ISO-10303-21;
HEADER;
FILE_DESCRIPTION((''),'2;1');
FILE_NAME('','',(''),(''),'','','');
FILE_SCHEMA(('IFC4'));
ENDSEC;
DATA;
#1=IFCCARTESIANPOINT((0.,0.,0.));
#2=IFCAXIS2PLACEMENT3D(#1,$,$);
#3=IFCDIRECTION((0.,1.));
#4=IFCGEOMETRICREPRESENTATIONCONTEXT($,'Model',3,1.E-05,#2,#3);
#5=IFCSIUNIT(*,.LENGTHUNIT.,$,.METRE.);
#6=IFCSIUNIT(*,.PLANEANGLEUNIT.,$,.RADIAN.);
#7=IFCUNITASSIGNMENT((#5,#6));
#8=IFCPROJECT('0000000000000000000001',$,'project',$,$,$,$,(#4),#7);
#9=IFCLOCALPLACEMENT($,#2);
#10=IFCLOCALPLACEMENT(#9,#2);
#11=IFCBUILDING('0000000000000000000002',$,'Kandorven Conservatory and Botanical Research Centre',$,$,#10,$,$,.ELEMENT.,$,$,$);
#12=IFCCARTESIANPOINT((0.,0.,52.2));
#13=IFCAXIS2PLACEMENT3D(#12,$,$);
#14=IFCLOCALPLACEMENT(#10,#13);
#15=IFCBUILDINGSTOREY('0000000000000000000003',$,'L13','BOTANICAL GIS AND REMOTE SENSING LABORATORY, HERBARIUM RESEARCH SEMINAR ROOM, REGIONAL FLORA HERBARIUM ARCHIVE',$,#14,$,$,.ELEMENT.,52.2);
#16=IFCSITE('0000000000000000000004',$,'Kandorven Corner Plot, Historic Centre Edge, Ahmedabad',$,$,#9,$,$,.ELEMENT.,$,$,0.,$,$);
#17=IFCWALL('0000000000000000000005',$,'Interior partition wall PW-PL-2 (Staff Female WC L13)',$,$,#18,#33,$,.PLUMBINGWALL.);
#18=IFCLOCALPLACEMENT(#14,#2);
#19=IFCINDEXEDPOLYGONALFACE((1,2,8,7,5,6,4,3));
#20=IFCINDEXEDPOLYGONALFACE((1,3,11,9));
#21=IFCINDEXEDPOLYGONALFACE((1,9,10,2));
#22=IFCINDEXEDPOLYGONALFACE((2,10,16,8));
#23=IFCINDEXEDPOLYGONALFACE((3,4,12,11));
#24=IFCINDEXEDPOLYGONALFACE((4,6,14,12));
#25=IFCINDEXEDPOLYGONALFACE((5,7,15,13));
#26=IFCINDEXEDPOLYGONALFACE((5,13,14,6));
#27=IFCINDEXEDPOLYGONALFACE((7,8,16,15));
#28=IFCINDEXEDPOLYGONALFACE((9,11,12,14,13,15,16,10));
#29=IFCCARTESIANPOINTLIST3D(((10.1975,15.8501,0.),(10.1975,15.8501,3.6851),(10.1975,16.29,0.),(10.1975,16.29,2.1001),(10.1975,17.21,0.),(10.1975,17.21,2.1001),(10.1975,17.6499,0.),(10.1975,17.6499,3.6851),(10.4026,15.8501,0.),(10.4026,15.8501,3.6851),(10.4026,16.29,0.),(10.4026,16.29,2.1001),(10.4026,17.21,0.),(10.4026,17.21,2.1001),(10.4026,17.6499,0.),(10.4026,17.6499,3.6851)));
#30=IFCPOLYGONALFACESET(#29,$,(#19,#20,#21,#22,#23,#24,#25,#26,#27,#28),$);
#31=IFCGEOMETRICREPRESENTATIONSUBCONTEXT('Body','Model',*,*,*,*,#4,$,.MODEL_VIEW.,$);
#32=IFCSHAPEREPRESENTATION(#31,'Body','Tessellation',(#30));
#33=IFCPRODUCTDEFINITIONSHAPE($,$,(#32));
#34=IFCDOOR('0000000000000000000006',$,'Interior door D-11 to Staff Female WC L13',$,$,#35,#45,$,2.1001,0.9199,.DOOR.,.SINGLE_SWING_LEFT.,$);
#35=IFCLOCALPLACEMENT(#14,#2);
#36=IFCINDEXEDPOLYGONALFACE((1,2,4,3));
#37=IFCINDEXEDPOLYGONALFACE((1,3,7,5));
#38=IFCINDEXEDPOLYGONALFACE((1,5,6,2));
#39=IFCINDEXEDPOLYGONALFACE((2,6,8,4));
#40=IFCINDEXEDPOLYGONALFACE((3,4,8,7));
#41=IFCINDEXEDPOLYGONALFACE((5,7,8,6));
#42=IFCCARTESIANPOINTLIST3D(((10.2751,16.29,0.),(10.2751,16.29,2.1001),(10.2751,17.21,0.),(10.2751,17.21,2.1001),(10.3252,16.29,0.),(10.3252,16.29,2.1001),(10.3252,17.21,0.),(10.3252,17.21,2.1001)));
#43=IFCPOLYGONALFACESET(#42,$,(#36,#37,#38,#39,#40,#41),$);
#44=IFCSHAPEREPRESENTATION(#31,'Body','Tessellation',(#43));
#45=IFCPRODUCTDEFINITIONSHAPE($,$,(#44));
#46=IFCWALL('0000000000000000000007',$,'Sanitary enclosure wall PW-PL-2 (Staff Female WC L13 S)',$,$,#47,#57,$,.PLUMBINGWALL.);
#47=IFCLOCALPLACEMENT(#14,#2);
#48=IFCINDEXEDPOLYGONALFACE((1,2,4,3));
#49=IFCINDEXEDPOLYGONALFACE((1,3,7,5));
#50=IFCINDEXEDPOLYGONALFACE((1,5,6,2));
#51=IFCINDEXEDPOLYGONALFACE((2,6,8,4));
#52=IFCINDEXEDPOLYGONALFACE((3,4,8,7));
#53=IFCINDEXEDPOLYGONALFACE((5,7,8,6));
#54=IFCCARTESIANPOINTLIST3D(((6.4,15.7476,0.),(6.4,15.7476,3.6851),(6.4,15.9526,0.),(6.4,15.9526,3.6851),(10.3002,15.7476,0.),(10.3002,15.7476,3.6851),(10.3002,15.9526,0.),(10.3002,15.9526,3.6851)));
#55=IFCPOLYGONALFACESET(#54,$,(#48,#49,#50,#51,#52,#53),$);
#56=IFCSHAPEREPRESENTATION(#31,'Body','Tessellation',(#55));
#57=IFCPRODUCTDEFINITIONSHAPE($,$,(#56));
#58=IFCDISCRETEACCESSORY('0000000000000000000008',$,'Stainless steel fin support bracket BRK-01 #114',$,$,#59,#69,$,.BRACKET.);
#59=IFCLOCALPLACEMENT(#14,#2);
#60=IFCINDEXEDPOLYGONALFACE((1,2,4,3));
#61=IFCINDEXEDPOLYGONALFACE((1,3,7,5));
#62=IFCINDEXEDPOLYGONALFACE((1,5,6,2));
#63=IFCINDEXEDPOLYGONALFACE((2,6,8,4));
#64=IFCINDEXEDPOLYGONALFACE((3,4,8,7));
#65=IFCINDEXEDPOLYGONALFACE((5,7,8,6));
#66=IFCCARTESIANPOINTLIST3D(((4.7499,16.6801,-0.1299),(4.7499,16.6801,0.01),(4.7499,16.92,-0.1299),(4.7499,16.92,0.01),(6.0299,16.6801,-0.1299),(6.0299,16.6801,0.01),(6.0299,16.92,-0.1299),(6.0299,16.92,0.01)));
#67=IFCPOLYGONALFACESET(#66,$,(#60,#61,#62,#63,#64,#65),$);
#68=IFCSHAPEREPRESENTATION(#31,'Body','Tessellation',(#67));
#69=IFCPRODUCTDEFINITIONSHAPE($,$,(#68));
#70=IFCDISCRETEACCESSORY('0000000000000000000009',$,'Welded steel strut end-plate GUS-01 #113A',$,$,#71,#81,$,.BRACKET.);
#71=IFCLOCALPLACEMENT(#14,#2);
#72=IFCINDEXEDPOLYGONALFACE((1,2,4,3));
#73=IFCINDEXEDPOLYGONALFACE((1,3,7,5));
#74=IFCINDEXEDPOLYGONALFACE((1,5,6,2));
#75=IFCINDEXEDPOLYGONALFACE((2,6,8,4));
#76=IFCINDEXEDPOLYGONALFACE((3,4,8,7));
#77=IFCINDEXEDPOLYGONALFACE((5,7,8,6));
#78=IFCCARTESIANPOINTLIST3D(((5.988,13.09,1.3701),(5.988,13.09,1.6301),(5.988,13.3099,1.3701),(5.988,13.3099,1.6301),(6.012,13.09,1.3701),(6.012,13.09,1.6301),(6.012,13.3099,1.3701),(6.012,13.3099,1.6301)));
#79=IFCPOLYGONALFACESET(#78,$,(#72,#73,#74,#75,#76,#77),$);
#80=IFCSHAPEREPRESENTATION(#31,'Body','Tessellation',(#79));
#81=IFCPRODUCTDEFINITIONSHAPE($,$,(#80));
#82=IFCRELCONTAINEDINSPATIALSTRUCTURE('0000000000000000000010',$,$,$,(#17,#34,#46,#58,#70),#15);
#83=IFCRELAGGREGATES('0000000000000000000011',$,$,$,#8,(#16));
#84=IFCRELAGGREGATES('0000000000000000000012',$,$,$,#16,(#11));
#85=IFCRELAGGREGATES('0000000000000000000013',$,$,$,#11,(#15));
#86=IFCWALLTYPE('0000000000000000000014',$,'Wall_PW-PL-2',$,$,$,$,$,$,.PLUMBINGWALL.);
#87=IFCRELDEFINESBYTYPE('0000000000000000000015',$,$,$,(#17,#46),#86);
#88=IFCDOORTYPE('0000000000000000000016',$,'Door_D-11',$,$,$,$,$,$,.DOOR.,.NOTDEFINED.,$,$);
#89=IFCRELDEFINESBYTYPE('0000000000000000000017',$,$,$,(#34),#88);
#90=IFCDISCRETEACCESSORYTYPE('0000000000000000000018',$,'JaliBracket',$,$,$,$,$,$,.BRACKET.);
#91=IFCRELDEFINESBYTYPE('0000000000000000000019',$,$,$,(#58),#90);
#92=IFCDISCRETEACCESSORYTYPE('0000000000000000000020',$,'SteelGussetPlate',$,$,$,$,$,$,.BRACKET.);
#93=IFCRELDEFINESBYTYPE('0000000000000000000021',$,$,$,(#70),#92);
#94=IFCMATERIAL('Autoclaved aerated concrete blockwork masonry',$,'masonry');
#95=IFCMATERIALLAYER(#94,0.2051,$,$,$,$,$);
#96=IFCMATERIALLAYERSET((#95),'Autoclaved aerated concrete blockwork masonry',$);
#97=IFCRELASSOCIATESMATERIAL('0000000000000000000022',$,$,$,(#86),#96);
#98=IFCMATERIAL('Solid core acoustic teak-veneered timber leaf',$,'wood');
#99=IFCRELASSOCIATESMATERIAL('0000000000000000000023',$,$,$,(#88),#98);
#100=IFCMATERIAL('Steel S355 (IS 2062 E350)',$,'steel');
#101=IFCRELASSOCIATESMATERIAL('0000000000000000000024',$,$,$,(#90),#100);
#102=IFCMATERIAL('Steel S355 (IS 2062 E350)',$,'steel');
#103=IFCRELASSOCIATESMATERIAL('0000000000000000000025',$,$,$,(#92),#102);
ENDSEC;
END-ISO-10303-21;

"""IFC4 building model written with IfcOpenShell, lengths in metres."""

from ifc_helpers import new_model, si_unit, direction, frame, frame_2d, origin, origin_2d, place, context, subcontext, project, spatial, rectangle, extrude, material, layer, layer_set, type_object, element, fill, save


model = new_model("IFC4")

# Units and contexts
model_context = context("Model", 3, precision=1e-05, world=origin(), true_north=direction((0.0, 1.0)))
body_context = subcontext(model_context, "Body", "Model", "MODEL_VIEW")
ifc_project = project(units=[si_unit("LENGTHUNIT", "METRE"), si_unit("PLANEANGLEUNIT", "RADIAN")], contexts=[model_context])

# Site, building, storey
site_placement = place(None, origin())
site = spatial("IfcSite", under=ifc_project, at=site_placement, Name="Kandorven Corner Plot, Historic Centre Edge, Ahmedabad", CompositionType="ELEMENT", RefElevation=0.0)
building_placement = place(site_placement, origin())
building = spatial("IfcBuilding", under=site, at=building_placement, Name="Kandorven Conservatory and Botanical Research Centre", CompositionType="ELEMENT")
storey_placement = place(building_placement, frame((0.0, 0.0, 52.2)))
storey = spatial("IfcBuildingStorey", under=building, at=storey_placement, Name="L13", Description="BOTANICAL GIS AND REMOTE SENSING LABORATORY, HERBARIUM RESEARCH SEMINAR ROOM, REGIONAL FLORA HERBARIUM ARCHIVE", CompositionType="ELEMENT", Elevation=52.2)

# Wall, opening, door
ifc_material_1 = material(Name="Autoclaved aerated concrete blockwork masonry", Category="masonry")
ifc_layer_1 = layer(ifc_material_1, 0.2051)
ifc_layer_set_1 = layer_set([ifc_layer_1], Name="Autoclaved aerated concrete blockwork masonry")
wall_type_1 = type_object("IfcWallType", Name="Wall_PW-PL-2", PredefinedType="PLUMBINGWALL", material=ifc_layer_set_1)
wall_1_placement = place(storey_placement, frame((10.3, 15.8501, 0.0), z_axis=(0.0, 0.0, 1.0), x_axis=(0.0, 1.0, 0.0)))
wall_1 = element("IfcWall", 1, at=wall_1_placement, inside=storey, type_object=wall_type_1, Name="Interior partition wall PW-PL-2 (Staff Female WC L13)", PredefinedType="PLUMBINGWALL", context=body_context, shape_type="SweptSolid", body=[
    extrude(rectangle(XDim=1.7998, YDim=0.2051, at=frame_2d((0.8999, 0.0))), origin(), (0.0, 0.0, 1.0), 3.6851),
])
opening_1_placement = place(wall_1_placement, frame((0.4399, 0.0, 0.0)))
opening_1 = element("IfcOpeningElement", 2, at=opening_1_placement, cuts=wall_1, PredefinedType="OPENING", context=body_context, shape_type="SweptSolid", body=[
    extrude(rectangle(XDim=0.9199, YDim=2.1001, at=frame_2d((0.46, 1.05))), frame((0.0, 0.1125, 0.0), z_axis=(0.0, -1.0, 0.0), x_axis=(1.0, 0.0, 0.0)), (0.0, 0.0, 1.0), 0.2251),
])
ifc_material_2 = material(Name="Solid core acoustic teak-veneered timber leaf", Category="wood")
door_type_1 = type_object("IfcDoorType", Name="Door_D-11", OperationType="NOTDEFINED", PredefinedType="DOOR", material=ifc_material_2)
door_1_placement = place(opening_1_placement, origin())
door_1 = element("IfcDoor", 3, at=door_1_placement, inside=storey, type_object=door_type_1, Name="Interior door D-11 to Staff Female WC L13", OperationType="SINGLE_SWING_LEFT", OverallHeight=2.1001, OverallWidth=0.9199, PredefinedType="DOOR", context=body_context, shape_type="SweptSolid", body=[
    extrude(rectangle(XDim=0.9199, YDim=2.1001, at=frame_2d((0.46, 1.05))), frame((0.0, 0.0249, 0.0), z_axis=(0.0, -1.0, 0.0), x_axis=(1.0, 0.0, 0.0)), (0.0, 0.0, 1.0), 0.05),
])
fill(opening_1, door_1)

# Wall
wall_2_placement = place(storey_placement, frame((6.3999, 15.8501, 0.0), z_axis=(0.0, 0.0, 1.0), x_axis=(1.0, 0.0, 0.0)))
element("IfcWall", 4, at=wall_2_placement, inside=storey, type_object=wall_type_1, Name="Sanitary enclosure wall PW-PL-2 (Staff Female WC L13 S)", PredefinedType="PLUMBINGWALL", context=body_context, shape_type="SweptSolid", body=[
    extrude(rectangle(XDim=3.9001, YDim=0.2051, at=frame_2d((1.9502, 0.0))), origin(), (0.0, 0.0, 1.0), 3.6851),
])

# Discrete accessories
ifc_material_3 = material(Name="Steel S355 (IS 2062 E350)", Category="steel")
discrete_accessory_type_1 = type_object("IfcDiscreteAccessoryType", Name="JaliBracket", PredefinedType="BRACKET", material=ifc_material_3)
discrete_accessory_1_placement = place(storey_placement, frame((5.3899, 16.8, -0.1299), z_axis=(0.0, 0.0, 1.0), x_axis=(1.0, 0.0, 0.0)))
element("IfcDiscreteAccessory", 5, at=discrete_accessory_1_placement, inside=storey, type_object=discrete_accessory_type_1, Name="Stainless steel fin support bracket BRK-01 #114", PredefinedType="BRACKET", context=body_context, shape_type="SweptSolid", body=[
    extrude(rectangle(XDim=1.28, YDim=0.24, at=origin_2d()), origin(), (0.0, 0.0, 1.0), 0.1399),
])
ifc_material_4 = material(Name="Steel S355 (IS 2062 E350)", Category="steel")
discrete_accessory_type_2 = type_object("IfcDiscreteAccessoryType", Name="SteelGussetPlate", PredefinedType="BRACKET", material=ifc_material_4)
discrete_accessory_2_placement = place(storey_placement, frame((6.0, 13.2, 1.3701), z_axis=(0.0, 0.0, 1.0), x_axis=(1.0, 0.0, 0.0)))
element("IfcDiscreteAccessory", 6, at=discrete_accessory_2_placement, inside=storey, type_object=discrete_accessory_type_2, Name="Welded steel strut end-plate GUS-01 #113A", PredefinedType="BRACKET", context=body_context, shape_type="SweptSolid", body=[
    extrude(rectangle(XDim=0.0239, YDim=0.22, at=origin_2d()), origin(), (0.0, 0.0, 1.0), 0.26),
])

save(model, "model.ifc")
